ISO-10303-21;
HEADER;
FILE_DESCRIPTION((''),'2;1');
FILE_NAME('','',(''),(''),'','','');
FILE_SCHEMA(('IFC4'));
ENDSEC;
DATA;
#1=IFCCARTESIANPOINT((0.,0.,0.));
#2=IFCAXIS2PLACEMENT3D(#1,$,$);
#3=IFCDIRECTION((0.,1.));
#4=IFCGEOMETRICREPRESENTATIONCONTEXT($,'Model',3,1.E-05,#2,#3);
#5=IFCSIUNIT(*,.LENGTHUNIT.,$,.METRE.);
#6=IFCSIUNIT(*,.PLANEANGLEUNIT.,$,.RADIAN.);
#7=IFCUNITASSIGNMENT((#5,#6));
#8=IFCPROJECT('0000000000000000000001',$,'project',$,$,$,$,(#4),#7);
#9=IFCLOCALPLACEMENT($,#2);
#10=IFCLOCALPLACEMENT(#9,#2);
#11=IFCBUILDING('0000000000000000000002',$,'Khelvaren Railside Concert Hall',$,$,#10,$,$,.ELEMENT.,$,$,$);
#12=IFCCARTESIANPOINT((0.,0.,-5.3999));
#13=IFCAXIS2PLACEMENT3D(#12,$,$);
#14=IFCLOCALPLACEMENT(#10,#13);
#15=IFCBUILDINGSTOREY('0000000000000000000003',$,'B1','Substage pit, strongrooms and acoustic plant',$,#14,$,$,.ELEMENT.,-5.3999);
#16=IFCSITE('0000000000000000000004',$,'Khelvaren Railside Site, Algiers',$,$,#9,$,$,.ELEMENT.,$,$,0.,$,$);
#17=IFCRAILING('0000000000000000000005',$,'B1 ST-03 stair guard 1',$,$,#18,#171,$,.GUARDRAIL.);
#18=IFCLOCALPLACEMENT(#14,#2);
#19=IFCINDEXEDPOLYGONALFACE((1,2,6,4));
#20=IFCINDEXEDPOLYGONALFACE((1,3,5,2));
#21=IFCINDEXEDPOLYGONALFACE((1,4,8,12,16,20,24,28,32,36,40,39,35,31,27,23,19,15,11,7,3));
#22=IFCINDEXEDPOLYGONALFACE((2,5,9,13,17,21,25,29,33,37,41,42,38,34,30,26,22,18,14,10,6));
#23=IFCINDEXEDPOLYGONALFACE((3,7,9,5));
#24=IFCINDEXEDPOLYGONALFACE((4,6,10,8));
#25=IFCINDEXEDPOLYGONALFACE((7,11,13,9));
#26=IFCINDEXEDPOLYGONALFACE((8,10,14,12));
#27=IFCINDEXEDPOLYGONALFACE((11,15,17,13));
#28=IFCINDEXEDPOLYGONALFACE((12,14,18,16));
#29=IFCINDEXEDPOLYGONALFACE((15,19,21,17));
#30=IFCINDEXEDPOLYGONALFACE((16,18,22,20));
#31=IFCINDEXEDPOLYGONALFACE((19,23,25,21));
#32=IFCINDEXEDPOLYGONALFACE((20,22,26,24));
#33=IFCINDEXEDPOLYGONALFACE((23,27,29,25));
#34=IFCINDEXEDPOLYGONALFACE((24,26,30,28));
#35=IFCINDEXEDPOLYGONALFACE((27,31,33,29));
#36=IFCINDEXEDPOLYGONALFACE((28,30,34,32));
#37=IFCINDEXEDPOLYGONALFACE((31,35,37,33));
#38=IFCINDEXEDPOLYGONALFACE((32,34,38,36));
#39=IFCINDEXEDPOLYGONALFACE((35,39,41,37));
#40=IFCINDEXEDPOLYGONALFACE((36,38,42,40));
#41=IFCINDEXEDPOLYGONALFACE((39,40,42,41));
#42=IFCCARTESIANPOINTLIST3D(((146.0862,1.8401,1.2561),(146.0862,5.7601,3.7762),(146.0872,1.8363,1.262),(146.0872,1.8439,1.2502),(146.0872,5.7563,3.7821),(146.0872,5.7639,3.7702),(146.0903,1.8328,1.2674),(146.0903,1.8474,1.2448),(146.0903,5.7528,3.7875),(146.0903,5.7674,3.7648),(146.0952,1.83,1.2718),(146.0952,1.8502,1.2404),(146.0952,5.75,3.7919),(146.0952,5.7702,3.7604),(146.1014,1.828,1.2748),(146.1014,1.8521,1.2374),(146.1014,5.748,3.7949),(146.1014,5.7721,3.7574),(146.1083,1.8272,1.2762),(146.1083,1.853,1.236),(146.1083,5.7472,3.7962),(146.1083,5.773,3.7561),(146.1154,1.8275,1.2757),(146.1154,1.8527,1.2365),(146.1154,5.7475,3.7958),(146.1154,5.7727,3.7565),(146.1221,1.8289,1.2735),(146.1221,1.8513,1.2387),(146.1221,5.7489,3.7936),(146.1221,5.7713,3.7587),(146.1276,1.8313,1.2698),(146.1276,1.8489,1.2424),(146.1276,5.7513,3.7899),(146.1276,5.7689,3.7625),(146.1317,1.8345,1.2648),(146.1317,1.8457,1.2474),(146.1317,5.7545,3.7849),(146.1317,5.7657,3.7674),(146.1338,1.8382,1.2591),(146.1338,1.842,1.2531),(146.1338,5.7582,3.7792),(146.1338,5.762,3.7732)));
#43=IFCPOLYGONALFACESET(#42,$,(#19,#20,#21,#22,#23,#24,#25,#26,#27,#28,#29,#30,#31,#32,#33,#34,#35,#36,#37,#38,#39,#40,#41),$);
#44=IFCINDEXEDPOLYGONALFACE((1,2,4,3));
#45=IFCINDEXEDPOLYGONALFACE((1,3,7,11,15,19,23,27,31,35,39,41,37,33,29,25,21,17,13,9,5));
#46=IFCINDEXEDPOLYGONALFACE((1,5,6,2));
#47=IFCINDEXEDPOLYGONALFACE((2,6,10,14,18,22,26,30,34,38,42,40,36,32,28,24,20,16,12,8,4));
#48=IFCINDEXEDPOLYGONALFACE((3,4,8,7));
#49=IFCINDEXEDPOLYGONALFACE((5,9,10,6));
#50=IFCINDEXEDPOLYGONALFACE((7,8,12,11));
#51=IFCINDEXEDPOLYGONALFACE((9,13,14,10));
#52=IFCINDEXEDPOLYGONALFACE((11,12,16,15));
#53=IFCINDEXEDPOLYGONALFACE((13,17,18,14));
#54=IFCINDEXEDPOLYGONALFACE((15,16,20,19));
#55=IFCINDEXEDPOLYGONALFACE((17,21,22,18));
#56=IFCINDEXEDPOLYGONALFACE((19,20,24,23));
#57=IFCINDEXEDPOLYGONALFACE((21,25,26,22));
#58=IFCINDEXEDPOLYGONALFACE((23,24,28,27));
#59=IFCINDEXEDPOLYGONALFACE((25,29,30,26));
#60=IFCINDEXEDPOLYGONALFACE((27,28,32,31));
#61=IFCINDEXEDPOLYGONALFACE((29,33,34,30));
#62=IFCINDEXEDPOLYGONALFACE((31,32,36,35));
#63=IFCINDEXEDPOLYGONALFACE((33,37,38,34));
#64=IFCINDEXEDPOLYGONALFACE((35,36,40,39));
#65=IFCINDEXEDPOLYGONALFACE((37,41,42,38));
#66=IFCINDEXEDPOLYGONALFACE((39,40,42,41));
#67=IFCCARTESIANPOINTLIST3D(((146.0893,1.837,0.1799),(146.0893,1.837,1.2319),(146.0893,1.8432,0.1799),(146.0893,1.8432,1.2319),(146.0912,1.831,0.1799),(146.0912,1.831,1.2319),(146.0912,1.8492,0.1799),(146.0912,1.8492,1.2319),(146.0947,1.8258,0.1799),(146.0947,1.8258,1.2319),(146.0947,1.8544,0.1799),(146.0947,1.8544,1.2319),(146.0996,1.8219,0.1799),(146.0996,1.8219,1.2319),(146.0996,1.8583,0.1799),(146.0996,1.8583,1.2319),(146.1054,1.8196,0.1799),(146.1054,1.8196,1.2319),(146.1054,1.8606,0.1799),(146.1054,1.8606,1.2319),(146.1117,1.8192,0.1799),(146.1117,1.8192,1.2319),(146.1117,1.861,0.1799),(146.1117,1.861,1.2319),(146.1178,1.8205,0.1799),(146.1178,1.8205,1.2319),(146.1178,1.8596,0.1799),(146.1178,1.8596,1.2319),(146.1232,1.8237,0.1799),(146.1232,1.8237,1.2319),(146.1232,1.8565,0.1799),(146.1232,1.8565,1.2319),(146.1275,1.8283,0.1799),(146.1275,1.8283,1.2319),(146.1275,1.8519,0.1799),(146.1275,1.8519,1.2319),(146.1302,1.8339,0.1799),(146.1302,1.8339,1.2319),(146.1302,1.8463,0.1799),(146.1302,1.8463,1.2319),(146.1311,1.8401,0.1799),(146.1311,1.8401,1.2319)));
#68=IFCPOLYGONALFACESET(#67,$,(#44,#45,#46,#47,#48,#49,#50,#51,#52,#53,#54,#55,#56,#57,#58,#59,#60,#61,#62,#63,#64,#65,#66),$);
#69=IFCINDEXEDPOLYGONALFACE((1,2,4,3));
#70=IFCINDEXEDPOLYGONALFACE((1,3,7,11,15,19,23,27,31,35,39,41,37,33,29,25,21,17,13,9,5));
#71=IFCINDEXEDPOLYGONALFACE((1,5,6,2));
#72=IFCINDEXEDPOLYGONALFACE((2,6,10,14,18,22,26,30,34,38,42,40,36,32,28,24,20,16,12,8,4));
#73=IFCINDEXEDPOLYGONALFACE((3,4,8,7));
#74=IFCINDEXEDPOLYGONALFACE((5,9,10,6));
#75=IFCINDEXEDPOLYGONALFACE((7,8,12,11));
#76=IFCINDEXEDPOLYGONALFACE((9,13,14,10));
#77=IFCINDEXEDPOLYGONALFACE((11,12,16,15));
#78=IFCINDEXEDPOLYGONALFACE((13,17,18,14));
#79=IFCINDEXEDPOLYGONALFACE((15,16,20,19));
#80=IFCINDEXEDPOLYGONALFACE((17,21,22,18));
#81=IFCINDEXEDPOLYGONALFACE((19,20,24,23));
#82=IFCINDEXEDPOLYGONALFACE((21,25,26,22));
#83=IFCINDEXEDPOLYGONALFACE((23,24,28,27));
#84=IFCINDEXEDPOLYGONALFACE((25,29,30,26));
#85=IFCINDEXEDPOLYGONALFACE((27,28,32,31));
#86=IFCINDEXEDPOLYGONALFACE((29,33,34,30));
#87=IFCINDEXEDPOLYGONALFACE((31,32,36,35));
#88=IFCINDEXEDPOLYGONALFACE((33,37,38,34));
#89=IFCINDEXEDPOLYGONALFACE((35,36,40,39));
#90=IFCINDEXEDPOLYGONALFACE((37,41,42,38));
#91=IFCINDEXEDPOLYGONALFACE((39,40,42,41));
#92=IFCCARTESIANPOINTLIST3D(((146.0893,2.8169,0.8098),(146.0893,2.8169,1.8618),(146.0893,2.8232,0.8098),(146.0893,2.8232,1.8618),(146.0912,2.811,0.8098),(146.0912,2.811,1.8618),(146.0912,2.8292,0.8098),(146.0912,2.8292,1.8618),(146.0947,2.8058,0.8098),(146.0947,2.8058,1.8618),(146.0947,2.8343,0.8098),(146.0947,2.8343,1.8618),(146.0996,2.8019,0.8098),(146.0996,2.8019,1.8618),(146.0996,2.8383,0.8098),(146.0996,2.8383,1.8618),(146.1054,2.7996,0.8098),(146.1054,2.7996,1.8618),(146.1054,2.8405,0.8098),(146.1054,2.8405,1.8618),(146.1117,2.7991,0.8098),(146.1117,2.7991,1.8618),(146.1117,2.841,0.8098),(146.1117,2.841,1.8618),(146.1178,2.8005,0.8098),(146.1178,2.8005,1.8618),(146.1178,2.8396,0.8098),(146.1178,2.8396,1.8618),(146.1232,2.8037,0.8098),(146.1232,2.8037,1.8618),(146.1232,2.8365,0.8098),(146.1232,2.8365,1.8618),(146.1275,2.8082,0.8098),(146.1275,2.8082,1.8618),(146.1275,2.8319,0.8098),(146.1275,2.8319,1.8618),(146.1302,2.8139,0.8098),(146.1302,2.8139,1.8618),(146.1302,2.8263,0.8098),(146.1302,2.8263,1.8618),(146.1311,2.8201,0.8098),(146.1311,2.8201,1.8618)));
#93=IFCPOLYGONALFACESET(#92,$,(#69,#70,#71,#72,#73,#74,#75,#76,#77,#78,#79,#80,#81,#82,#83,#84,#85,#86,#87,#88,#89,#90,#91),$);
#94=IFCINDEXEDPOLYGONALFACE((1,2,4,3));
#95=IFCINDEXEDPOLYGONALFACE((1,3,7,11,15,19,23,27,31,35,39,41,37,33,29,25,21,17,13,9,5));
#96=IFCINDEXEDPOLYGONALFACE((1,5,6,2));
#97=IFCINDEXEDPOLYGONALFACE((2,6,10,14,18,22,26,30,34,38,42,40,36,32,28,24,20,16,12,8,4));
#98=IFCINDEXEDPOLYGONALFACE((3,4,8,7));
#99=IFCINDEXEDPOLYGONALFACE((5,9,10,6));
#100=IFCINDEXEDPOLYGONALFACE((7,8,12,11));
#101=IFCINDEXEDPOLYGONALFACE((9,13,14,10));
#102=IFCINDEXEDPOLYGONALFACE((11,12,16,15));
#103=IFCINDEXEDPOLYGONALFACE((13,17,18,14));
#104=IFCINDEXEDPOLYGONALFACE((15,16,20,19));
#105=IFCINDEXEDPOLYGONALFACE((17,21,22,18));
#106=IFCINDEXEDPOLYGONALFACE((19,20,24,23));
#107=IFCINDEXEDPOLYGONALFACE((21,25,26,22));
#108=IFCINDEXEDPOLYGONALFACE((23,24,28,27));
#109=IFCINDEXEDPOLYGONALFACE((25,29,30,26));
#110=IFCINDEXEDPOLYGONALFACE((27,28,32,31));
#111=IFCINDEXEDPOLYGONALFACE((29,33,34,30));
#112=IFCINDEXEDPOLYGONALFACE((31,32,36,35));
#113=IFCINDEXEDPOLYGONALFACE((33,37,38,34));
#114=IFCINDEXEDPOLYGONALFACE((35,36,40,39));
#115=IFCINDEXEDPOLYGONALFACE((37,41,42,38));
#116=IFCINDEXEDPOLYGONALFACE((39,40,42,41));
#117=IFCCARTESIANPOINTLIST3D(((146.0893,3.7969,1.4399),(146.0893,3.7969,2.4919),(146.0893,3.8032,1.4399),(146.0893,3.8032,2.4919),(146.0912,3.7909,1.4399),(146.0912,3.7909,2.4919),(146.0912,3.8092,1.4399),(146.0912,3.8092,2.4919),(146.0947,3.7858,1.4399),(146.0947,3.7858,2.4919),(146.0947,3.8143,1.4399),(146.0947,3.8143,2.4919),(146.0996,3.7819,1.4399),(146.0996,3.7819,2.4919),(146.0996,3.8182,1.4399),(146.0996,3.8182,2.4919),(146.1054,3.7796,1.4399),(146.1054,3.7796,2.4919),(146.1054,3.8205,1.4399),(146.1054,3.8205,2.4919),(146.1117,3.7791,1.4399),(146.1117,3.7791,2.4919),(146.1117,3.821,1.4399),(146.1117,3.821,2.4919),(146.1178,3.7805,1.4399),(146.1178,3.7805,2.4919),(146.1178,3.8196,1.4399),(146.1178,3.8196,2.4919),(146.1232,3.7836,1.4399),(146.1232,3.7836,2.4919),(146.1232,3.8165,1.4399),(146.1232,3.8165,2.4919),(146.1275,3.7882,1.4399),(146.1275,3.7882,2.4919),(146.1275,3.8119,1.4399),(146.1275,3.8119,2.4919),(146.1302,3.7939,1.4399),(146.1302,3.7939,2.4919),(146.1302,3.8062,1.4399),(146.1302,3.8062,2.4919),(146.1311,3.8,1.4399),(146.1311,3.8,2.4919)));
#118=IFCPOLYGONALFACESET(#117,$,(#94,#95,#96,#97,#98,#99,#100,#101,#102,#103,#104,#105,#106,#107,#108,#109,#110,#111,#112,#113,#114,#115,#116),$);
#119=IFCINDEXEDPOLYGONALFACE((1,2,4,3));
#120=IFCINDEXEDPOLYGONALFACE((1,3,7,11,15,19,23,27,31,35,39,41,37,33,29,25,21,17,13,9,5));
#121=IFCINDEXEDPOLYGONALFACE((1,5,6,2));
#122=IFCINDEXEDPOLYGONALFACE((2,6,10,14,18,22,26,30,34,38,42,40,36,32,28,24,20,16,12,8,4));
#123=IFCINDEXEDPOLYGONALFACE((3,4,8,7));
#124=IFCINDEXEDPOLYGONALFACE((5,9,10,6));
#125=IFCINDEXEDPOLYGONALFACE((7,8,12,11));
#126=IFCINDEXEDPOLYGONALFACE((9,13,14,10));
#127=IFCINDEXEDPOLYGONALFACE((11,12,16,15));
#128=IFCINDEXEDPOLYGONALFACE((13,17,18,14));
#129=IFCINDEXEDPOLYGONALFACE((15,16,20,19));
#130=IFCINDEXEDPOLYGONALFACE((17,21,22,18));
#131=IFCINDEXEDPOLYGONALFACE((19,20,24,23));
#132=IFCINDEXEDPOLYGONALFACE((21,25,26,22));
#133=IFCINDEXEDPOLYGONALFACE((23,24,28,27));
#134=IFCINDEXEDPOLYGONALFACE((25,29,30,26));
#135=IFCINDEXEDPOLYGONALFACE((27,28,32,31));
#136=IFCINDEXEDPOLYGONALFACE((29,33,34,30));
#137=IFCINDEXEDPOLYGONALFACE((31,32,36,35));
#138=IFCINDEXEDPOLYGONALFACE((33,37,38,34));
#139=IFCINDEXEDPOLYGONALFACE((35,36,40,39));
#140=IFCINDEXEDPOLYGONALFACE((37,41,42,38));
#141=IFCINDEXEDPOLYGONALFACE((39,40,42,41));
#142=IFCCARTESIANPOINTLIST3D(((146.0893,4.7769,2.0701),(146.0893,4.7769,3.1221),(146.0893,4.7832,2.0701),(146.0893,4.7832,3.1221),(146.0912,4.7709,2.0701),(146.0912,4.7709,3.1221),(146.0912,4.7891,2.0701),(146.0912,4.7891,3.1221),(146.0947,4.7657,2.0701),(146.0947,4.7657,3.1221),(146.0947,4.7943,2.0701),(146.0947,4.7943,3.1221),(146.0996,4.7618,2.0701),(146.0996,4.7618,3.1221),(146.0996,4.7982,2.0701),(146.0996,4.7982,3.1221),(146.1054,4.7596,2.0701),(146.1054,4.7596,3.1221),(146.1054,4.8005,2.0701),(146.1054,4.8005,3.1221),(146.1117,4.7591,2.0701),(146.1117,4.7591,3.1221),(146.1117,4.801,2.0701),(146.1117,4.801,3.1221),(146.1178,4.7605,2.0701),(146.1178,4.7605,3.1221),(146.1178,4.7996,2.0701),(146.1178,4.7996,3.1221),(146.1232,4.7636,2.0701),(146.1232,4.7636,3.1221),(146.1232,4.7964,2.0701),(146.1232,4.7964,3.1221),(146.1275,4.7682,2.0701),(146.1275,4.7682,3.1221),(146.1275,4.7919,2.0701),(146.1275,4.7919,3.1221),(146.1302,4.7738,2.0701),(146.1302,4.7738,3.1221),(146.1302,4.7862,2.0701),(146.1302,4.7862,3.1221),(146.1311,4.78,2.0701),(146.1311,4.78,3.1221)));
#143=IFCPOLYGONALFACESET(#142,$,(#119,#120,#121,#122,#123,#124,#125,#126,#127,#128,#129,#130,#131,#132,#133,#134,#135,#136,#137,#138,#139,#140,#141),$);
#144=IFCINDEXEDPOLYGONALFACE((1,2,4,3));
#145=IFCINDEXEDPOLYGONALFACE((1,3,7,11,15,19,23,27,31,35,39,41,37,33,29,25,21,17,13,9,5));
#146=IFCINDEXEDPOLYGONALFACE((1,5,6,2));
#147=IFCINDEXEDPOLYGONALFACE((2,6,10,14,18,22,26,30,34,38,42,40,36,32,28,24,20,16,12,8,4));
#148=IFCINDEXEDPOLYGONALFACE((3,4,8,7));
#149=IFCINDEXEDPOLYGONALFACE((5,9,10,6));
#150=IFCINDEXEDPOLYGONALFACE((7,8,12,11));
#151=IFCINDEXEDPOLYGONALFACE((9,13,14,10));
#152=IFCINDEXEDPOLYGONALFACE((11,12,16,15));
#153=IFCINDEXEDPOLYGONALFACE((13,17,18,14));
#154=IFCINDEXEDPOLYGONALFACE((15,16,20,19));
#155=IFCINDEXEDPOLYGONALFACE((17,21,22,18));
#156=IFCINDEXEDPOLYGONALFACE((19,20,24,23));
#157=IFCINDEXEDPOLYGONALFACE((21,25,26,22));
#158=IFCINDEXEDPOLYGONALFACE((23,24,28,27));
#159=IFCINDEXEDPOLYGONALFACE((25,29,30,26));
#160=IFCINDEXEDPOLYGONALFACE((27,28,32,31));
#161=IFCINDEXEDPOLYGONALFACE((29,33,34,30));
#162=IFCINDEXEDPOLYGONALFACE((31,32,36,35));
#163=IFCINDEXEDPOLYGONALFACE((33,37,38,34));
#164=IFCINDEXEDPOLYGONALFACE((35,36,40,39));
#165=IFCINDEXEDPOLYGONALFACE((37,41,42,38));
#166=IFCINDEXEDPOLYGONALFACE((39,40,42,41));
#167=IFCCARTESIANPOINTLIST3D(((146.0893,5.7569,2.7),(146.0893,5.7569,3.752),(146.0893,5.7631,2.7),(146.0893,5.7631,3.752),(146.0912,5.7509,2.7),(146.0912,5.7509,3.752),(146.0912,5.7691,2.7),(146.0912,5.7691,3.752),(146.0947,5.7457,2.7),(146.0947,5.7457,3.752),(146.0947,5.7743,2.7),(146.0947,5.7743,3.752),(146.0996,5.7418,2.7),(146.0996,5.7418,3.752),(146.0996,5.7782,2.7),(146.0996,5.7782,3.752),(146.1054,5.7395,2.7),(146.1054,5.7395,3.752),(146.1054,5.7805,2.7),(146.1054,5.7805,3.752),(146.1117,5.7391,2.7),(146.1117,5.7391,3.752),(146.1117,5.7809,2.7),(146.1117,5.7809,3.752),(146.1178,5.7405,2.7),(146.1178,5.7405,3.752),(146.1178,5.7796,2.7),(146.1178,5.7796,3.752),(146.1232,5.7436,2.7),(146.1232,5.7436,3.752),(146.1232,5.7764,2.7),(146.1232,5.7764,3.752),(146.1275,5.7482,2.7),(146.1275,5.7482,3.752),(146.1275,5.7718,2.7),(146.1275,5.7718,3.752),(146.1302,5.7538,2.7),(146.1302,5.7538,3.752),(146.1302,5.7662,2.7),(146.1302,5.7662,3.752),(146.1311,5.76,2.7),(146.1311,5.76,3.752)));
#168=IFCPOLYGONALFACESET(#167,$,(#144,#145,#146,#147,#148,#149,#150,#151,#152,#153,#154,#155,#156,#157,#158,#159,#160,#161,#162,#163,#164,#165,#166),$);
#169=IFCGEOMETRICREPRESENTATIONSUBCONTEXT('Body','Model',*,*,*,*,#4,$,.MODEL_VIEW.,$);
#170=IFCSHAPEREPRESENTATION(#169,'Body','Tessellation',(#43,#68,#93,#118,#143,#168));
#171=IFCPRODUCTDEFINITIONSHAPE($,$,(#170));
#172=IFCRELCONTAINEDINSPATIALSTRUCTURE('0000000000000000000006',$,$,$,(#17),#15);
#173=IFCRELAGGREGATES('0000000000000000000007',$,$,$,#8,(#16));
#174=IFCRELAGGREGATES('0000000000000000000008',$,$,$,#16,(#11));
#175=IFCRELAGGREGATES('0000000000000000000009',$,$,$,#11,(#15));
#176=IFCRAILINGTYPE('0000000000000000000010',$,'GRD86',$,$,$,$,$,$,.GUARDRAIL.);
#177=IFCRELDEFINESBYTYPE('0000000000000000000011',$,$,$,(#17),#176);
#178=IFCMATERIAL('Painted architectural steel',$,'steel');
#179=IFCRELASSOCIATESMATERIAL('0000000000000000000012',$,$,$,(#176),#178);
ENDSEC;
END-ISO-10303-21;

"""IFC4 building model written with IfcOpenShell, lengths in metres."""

from ifc_helpers import new_model, si_unit, direction, frame, origin, origin_2d, place, context, subcontext, project, spatial, circle, extrude, material, type_object, element, save


model = new_model("IFC4")

# Units and contexts
model_context = context("Model", 3, precision=1e-05, world=origin(), true_north=direction((0.0, 1.0)))
body_context = subcontext(model_context, "Body", "Model", "MODEL_VIEW")
ifc_project = project(units=[si_unit("LENGTHUNIT", "METRE"), si_unit("PLANEANGLEUNIT", "RADIAN")], contexts=[model_context])

# Site, building, storey
site_placement = place(None, origin())
site = spatial("IfcSite", under=ifc_project, at=site_placement, Name="Khelvaren Railside Site, Algiers", CompositionType="ELEMENT", RefElevation=0.0)
building_placement = place(site_placement, origin())
building = spatial("IfcBuilding", under=site, at=building_placement, Name="Khelvaren Railside Concert Hall", CompositionType="ELEMENT")
storey_placement = place(building_placement, frame((0.0, 0.0, -5.3999)))
storey = spatial("IfcBuildingStorey", under=building, at=storey_placement, Name="B1", Description="Substage pit, strongrooms and acoustic plant", CompositionType="ELEMENT", Elevation=-5.3999)

# Railing
ifc_material_1 = material(Name="Painted architectural steel", Category="steel")
railing_type_1 = type_object("IfcRailingType", Name="GRD86", PredefinedType="GUARDRAIL", material=ifc_material_1)
railing_1_placement = place(storey_placement, frame((146.1101, 1.8401, 0.1799)))
element("IfcRailing", 1, at=railing_1_placement, inside=storey, type_object=railing_type_1, Name="B1 ST-03 stair guard 1", PredefinedType="GUARDRAIL", context=body_context, shape_type="SweptSolid", body=[
    extrude(circle(Radius=0.0239, at=origin_2d()), frame((0.0, 0.0, 1.0762), z_axis=(0.0, 0.841172, 0.540768), x_axis=(-1.0, 0.0, 0.0)), (0.0, 0.0, 1.0), 4.6602),
    extrude(circle(Radius=0.021, at=origin_2d()), origin(), (0.0, 0.0, 1.0), 1.052),
    extrude(circle(Radius=0.021, at=origin_2d()), frame((0.0, 0.98, 0.6299)), (0.0, 0.0, 1.0), 1.052),
    extrude(circle(Radius=0.021, at=origin_2d()), frame((0.0, 1.96, 1.26)), (0.0, 0.0, 1.0), 1.052),
    extrude(circle(Radius=0.021, at=origin_2d()), frame((0.0, 2.9399, 1.8901)), (0.0, 0.0, 1.0), 1.052),
    extrude(circle(Radius=0.021, at=origin_2d()), frame((0.0, 3.9199, 2.52)), (0.0, 0.0, 1.0), 1.052),
])

save(model, "model.ifc")
